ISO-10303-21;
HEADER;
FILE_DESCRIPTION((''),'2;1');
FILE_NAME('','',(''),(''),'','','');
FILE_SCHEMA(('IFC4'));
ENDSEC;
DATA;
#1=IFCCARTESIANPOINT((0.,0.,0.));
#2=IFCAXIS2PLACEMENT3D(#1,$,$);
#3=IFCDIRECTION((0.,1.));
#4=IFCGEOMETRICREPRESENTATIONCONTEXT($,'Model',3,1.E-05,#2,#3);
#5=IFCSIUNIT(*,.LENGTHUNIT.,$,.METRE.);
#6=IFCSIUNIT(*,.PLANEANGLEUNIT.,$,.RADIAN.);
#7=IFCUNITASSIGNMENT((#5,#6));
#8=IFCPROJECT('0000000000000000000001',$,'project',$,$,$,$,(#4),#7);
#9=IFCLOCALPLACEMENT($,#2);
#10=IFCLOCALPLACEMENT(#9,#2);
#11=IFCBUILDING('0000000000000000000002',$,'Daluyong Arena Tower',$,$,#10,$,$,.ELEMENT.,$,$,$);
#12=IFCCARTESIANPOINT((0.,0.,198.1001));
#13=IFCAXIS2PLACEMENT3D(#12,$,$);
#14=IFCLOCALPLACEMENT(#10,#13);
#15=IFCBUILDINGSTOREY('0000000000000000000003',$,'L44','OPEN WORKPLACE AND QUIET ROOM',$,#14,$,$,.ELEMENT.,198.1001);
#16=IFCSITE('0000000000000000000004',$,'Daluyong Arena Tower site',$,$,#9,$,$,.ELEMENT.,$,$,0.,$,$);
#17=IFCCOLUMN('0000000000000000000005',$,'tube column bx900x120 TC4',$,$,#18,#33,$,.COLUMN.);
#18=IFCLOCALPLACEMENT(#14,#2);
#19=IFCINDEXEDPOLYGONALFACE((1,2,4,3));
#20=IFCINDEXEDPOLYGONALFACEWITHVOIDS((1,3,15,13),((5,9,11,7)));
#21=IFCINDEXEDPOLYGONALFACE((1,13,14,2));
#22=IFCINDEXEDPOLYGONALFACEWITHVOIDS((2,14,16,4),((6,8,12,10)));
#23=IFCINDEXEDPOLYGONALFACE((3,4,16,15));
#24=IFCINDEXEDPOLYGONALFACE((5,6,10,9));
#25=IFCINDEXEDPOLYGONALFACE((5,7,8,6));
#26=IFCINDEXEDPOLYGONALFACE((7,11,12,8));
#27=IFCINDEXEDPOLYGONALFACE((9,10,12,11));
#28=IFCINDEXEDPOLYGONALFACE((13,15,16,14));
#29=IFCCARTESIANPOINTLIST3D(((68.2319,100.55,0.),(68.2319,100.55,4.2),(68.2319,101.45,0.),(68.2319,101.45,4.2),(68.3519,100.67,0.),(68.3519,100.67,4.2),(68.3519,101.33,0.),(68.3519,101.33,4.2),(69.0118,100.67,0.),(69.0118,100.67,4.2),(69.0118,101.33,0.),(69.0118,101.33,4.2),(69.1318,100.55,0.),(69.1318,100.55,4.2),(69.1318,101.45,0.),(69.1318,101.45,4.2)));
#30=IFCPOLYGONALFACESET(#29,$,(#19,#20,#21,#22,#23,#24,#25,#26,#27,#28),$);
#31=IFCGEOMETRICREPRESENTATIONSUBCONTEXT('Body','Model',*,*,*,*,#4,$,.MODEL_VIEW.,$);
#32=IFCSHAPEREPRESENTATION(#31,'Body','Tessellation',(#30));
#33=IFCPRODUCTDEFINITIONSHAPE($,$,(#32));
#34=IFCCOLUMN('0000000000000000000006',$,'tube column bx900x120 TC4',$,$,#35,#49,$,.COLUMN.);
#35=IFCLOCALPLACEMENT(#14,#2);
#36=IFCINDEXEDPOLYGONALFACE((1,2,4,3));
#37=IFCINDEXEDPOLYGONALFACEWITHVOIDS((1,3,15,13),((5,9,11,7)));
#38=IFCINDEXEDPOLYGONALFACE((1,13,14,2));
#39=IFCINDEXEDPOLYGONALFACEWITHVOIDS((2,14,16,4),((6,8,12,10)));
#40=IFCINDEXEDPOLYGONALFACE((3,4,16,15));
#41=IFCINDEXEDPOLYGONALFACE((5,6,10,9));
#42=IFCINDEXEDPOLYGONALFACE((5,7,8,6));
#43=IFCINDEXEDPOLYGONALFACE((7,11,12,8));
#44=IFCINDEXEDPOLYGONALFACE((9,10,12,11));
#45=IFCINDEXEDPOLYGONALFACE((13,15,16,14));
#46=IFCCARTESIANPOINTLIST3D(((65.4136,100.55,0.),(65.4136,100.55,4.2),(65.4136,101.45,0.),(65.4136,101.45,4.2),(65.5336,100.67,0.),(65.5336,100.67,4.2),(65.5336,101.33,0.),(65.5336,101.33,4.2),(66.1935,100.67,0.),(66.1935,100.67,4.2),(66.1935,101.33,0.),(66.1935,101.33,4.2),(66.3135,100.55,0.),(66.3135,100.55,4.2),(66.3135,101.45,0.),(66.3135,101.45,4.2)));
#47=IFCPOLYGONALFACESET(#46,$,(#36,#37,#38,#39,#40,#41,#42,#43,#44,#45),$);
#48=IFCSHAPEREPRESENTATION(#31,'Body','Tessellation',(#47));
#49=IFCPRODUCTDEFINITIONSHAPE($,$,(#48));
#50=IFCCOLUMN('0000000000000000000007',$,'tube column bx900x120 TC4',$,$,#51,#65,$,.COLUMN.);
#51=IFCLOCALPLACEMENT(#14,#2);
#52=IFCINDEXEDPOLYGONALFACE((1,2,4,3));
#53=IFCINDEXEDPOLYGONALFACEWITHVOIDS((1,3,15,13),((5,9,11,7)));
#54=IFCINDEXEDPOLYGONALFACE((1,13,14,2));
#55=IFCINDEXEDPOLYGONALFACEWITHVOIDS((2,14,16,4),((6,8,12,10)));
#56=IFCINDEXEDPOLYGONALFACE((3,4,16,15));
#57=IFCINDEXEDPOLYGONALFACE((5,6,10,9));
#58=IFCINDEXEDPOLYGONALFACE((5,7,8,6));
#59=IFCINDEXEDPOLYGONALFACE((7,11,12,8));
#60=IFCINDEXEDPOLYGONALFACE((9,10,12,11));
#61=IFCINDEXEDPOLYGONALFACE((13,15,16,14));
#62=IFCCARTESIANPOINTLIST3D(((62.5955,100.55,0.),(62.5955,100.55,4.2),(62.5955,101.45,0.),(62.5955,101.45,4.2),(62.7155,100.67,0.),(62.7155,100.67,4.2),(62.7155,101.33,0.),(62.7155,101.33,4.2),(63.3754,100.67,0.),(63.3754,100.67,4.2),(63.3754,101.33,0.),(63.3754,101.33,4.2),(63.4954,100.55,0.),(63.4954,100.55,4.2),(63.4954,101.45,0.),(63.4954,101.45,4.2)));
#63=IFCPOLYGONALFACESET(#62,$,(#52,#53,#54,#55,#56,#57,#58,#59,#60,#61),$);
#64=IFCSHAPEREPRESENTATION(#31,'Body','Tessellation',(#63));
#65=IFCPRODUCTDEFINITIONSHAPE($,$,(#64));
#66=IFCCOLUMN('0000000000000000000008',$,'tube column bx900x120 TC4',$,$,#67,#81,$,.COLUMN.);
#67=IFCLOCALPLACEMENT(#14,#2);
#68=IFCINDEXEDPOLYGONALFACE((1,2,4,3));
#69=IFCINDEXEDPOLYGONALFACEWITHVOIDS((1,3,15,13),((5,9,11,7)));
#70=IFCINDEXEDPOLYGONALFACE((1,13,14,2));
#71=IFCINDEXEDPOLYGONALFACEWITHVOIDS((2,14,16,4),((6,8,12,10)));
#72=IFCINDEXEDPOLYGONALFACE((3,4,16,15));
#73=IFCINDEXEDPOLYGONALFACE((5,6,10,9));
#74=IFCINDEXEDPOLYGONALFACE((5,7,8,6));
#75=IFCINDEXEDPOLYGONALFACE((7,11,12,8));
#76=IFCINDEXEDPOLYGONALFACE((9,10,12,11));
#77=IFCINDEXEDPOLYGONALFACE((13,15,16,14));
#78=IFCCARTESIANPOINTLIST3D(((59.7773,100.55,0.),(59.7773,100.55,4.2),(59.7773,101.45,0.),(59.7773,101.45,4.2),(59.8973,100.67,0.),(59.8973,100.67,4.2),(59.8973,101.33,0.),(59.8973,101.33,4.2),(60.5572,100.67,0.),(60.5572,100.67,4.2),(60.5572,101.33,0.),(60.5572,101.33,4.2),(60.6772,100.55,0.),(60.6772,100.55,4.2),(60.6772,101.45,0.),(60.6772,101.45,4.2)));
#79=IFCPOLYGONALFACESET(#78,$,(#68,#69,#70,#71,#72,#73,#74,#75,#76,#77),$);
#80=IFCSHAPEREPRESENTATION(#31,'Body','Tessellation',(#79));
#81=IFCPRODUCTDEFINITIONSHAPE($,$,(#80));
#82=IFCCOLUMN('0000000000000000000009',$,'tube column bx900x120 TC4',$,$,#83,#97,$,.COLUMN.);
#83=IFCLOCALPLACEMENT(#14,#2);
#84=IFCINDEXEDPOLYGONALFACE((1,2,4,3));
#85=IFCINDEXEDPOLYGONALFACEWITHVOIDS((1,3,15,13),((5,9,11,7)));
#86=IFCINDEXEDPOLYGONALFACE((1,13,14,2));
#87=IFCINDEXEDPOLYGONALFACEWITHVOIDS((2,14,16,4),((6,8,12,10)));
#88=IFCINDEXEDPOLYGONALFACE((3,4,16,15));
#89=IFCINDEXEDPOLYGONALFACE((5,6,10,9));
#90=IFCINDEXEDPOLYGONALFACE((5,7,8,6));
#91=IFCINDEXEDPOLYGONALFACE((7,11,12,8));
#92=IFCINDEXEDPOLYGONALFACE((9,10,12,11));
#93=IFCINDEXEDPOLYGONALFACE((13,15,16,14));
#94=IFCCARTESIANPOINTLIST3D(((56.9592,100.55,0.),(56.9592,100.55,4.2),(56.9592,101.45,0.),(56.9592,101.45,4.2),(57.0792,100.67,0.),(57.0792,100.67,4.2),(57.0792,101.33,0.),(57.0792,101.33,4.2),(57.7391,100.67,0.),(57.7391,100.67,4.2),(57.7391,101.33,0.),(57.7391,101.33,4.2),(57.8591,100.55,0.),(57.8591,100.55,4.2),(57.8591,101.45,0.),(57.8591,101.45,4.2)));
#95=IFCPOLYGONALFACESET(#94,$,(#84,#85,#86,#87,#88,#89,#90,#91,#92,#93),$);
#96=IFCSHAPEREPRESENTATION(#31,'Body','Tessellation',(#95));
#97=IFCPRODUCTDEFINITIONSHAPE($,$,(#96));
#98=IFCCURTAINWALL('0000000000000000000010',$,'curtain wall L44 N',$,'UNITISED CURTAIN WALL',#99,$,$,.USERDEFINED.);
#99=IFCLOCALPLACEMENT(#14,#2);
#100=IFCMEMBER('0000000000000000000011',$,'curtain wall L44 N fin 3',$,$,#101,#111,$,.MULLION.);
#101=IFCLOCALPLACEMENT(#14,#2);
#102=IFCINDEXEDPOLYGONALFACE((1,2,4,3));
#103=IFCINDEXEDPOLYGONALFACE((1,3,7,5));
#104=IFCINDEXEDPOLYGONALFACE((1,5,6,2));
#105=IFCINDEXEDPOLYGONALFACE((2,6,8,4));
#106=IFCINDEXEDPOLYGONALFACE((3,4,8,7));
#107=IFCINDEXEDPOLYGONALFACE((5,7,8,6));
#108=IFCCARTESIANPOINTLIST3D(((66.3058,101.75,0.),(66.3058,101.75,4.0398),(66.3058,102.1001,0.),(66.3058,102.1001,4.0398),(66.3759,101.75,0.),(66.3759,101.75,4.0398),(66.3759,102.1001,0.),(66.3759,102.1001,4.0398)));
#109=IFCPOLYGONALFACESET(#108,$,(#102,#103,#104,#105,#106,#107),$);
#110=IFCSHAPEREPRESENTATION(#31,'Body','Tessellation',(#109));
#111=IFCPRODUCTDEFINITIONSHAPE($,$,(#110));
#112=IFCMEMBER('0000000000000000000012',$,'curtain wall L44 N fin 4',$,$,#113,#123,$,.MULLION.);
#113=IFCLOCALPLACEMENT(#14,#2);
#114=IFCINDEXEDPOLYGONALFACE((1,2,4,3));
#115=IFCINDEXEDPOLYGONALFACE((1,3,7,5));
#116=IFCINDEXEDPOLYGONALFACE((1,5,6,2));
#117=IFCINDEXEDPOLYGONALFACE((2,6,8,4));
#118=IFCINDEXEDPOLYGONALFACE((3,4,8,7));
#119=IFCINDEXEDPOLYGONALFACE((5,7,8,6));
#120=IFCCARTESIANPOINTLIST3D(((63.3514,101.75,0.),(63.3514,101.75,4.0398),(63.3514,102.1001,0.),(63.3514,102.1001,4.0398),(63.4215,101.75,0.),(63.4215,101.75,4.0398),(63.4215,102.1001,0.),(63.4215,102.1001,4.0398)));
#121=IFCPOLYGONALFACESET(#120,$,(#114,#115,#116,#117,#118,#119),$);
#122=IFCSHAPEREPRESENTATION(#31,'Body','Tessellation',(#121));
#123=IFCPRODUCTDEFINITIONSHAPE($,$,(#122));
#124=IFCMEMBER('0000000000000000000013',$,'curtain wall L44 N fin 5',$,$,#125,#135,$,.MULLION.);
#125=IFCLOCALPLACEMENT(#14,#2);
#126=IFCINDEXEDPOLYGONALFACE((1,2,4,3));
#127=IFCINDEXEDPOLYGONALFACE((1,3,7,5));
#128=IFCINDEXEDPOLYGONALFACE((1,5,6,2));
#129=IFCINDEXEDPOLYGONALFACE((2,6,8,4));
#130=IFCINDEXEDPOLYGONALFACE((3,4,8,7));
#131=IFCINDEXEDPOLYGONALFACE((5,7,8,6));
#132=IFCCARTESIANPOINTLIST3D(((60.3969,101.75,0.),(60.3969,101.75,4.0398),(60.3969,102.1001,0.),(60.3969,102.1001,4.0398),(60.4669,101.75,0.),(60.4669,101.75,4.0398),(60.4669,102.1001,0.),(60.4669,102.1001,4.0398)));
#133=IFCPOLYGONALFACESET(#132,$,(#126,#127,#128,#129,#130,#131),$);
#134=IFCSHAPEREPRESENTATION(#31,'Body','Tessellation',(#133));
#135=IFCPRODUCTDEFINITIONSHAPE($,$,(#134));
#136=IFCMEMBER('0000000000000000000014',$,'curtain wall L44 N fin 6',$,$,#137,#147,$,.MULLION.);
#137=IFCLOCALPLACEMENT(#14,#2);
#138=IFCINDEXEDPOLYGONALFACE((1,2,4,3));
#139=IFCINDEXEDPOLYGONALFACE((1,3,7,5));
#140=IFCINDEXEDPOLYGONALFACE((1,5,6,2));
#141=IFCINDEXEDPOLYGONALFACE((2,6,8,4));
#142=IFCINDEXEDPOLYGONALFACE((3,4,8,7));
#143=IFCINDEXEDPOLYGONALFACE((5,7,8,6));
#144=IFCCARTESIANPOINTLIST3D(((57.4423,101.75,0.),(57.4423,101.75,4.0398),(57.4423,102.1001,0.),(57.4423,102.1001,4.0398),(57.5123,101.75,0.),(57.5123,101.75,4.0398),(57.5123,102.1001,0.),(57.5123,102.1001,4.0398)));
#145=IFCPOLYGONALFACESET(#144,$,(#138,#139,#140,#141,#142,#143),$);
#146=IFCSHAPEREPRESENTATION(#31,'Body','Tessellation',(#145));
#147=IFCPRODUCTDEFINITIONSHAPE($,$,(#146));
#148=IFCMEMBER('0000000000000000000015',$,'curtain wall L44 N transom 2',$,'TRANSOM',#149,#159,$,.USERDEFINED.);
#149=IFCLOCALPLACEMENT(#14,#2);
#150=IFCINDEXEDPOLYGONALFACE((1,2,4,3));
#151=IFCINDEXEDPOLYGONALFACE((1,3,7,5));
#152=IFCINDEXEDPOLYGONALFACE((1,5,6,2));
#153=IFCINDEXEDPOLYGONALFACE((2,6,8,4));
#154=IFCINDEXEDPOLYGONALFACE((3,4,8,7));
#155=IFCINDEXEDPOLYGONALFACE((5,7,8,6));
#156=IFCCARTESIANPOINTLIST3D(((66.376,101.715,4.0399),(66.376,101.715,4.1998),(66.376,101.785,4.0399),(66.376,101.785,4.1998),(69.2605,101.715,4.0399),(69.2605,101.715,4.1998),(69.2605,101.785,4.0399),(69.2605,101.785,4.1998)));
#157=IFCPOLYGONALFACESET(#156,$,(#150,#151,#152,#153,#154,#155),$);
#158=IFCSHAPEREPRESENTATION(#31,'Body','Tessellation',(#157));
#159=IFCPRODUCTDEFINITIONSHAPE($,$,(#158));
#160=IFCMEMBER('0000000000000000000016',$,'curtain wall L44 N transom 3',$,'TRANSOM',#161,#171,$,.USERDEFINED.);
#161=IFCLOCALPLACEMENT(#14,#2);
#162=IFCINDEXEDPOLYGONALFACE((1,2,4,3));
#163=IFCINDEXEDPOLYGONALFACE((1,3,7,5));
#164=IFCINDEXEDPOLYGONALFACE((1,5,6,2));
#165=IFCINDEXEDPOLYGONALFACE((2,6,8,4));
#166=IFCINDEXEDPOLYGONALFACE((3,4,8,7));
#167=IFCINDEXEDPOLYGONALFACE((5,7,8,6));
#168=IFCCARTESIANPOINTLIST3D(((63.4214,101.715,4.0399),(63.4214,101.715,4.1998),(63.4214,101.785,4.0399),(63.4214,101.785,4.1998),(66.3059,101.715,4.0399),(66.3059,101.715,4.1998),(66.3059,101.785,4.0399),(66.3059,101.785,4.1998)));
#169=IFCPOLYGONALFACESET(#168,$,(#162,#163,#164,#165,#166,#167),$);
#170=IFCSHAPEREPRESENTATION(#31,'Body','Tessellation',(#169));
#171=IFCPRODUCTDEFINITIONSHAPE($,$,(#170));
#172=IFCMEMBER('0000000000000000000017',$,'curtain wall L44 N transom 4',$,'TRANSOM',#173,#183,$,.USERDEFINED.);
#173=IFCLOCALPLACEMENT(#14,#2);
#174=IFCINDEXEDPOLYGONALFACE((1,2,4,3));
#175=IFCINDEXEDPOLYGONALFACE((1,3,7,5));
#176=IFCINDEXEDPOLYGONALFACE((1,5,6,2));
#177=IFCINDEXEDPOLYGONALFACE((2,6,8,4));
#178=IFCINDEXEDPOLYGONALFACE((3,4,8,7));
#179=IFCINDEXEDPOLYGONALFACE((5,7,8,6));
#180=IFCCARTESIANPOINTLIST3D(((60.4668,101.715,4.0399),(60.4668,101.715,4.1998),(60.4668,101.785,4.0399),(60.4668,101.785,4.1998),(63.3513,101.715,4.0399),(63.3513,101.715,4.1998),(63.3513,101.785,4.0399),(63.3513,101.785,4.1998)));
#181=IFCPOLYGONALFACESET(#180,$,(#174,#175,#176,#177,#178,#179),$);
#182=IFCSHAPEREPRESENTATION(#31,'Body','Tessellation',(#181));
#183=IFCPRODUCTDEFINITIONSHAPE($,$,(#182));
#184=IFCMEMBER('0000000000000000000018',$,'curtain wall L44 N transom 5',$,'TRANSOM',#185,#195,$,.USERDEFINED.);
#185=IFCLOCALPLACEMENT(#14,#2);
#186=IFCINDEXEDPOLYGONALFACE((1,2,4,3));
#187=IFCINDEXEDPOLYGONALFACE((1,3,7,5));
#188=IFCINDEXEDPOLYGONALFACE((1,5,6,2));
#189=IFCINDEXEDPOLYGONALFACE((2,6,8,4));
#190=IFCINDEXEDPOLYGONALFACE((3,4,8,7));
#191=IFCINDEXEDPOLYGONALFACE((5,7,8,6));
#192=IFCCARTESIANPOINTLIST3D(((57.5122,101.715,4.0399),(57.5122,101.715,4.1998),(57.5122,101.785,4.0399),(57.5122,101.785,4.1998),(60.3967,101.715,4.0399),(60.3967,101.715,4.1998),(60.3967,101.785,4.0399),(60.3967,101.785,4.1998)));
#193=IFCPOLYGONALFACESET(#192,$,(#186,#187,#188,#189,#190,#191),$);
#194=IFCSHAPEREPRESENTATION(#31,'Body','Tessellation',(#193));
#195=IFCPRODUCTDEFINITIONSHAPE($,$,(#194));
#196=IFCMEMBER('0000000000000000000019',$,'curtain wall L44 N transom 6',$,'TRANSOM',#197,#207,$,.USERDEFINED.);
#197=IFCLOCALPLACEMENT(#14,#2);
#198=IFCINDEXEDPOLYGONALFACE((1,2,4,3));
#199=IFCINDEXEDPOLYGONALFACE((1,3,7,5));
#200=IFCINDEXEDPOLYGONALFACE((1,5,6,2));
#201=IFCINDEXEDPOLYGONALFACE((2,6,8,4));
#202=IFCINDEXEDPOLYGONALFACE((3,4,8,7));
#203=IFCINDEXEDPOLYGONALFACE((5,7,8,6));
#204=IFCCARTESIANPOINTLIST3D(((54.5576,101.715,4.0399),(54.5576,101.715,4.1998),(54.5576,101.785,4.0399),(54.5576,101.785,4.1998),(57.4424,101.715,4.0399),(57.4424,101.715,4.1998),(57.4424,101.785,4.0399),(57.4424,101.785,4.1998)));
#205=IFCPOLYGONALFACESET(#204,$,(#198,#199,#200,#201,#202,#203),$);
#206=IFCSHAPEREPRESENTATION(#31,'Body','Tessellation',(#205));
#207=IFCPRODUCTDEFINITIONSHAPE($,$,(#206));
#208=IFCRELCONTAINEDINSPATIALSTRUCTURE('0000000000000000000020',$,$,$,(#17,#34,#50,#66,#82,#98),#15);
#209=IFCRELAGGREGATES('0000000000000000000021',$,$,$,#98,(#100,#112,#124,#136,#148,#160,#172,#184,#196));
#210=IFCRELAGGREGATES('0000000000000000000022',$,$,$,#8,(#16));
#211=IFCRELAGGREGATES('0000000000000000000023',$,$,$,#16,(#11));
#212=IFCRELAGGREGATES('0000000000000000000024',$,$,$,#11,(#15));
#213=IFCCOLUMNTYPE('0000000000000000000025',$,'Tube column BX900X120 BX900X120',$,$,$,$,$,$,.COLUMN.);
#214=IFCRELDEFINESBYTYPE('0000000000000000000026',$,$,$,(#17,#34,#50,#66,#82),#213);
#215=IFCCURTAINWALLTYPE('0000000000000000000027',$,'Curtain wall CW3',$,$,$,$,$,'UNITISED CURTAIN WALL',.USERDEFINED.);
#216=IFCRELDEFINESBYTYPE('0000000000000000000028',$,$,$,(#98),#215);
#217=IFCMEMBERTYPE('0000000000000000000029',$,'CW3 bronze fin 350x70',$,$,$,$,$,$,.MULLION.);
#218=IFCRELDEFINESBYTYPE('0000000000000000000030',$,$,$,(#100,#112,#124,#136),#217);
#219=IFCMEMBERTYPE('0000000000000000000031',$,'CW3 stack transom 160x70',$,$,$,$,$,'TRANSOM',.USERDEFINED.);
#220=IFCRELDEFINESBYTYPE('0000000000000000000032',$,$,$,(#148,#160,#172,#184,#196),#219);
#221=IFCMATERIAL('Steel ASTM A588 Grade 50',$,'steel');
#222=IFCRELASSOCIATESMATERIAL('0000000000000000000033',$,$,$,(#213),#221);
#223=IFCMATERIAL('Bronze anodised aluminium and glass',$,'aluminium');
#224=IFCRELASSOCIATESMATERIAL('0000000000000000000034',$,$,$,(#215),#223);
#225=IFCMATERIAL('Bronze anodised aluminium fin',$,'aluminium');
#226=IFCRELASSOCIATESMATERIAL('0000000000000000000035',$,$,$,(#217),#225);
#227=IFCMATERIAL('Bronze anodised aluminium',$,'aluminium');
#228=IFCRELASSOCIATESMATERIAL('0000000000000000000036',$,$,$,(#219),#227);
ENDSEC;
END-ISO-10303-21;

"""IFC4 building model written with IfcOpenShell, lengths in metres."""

from ifc_helpers import new_model, si_unit, direction, frame, origin, origin_2d, place, context, subcontext, project, spatial, rectangle, hollow_rectangle, extrude, material, material_profile, profile_set, type_object, element, aggregate, save


model = new_model("IFC4")

# Units and contexts
model_context = context("Model", 3, precision=1e-05, world=origin(), true_north=direction((0.0, 1.0)))
body_context = subcontext(model_context, "Body", "Model", "MODEL_VIEW")
ifc_project = project(units=[si_unit("LENGTHUNIT", "METRE"), si_unit("PLANEANGLEUNIT", "RADIAN")], contexts=[model_context])

# Site, building, storey
site_placement = place(None, origin())
site = spatial("IfcSite", under=ifc_project, at=site_placement, Name="Daluyong Arena Tower site", CompositionType="ELEMENT", RefElevation=0.0)
building_placement = place(site_placement, origin())
building = spatial("IfcBuilding", under=site, at=building_placement, Name="Daluyong Arena Tower", CompositionType="ELEMENT")
storey_placement = place(building_placement, frame((0.0, 0.0, 198.1001)))
storey = spatial("IfcBuildingStorey", under=building, at=storey_placement, Name="L44", Description="OPEN WORKPLACE AND QUIET ROOM", CompositionType="ELEMENT", Elevation=198.1001)

# Columns
ifc_material_1 = material(Name="Steel ASTM A588 Grade 50", Category="steel")
ifc_material_profile_1 = material_profile(ifc_material_1, hollow_rectangle(XDim=0.8999, YDim=0.8999, WallThickness=0.12, at=origin_2d()))
ifc_profile_set_1 = profile_set([ifc_material_profile_1], Name="Steel ASTM A588 Grade 50")
column_type = type_object("IfcColumnType", Name="Tube column BX900X120 BX900X120", PredefinedType="COLUMN", material=ifc_profile_set_1)
for number, where, z_axis, x_axis, name in (
    (1, (68.6819, 101.0, 0.0), (0.0, 0.0, 1.0), (1.0, 0.0, 0.0), "tube column bx900x120 TC4"),
    (2, (65.8635, 101.0, 0.0), (0.0, 0.0, 1.0), (1.0, 0.0, 0.0), "tube column bx900x120 TC4"),
    (3, (63.0454, 101.0, 0.0), (0.0, 0.0, 1.0), (1.0, 0.0, 0.0), "tube column bx900x120 TC4"),
    (4, (60.2273, 101.0, 0.0), (0.0, 0.0, 1.0), (1.0, 0.0, 0.0), "tube column bx900x120 TC4"),
    (5, (57.4092, 101.0, 0.0), (0.0, 0.0, 1.0), (1.0, 0.0, 0.0), "tube column bx900x120 TC4"),
):
    element("IfcColumn", number, at=place(storey_placement, frame(where, z_axis=z_axis, x_axis=x_axis)), inside=storey, type_object=column_type, Name=name, PredefinedType="COLUMN", context=body_context, shape_type="SweptSolid", body=[
        extrude(hollow_rectangle(XDim=0.8999, YDim=0.8999, WallThickness=0.12, at=origin_2d()), origin(), (0.0, 0.0, 1.0), 4.2),
    ])

# Curtain wall, members
ifc_material_2 = material(Name="Bronze anodised aluminium and glass", Category="aluminium")
curtain_wall_type = type_object("IfcCurtainWallType", Name="Curtain wall CW3", ElementType="UNITISED CURTAIN WALL", PredefinedType="USERDEFINED", material=ifc_material_2)
curtain_wall_placement = place(storey_placement, origin())
curtain_wall = element("IfcCurtainWall", 6, at=curtain_wall_placement, inside=storey, type_object=curtain_wall_type, Name="curtain wall L44 N", ObjectType="UNITISED CURTAIN WALL", PredefinedType="USERDEFINED")
ifc_material_3 = material(Name="Bronze anodised aluminium fin", Category="aluminium")
ifc_material_profile_2 = material_profile(ifc_material_3, rectangle(XDim=0.3501, YDim=0.0701, at=origin_2d()))
ifc_profile_set_2 = profile_set([ifc_material_profile_2], Name="Bronze anodised aluminium fin")
member_type_1 = type_object("IfcMemberType", Name="CW3 bronze fin 350x70", PredefinedType="MULLION", material=ifc_profile_set_2)
member_1_placement = place(storey_placement, frame((66.3408, 101.925, 0.0), z_axis=(0.0, 0.0, 1.0), x_axis=(0.0, -1.0, 0.0)))
member_1 = element("IfcMember", 7, at=member_1_placement, type_object=member_type_1, Name="curtain wall L44 N fin 3", PredefinedType="MULLION", context=body_context, shape_type="SweptSolid", body=[
    extrude(rectangle(XDim=0.3501, YDim=0.0701, at=origin_2d()), origin(), (0.0, 0.0, 1.0), 4.0398),
])
member_2_placement = place(storey_placement, frame((63.3865, 101.925, 0.0), z_axis=(0.0, 0.0, 1.0), x_axis=(0.0, -1.0, 0.0)))
member_2 = element("IfcMember", 8, at=member_2_placement, type_object=member_type_1, Name="curtain wall L44 N fin 4", PredefinedType="MULLION", context=body_context, shape_type="SweptSolid", body=[
    extrude(rectangle(XDim=0.3501, YDim=0.0701, at=origin_2d()), origin(), (0.0, 0.0, 1.0), 4.0398),
])
member_3_placement = place(storey_placement, frame((60.4319, 101.925, 0.0), z_axis=(0.0, 0.0, 1.0), x_axis=(0.0, -1.0, 0.0)))
member_3 = element("IfcMember", 9, at=member_3_placement, type_object=member_type_1, Name="curtain wall L44 N fin 5", PredefinedType="MULLION", context=body_context, shape_type="SweptSolid", body=[
    extrude(rectangle(XDim=0.3501, YDim=0.0701, at=origin_2d()), origin(), (0.0, 0.0, 1.0), 4.0398),
])
member_4_placement = place(storey_placement, frame((57.4773, 101.925, 0.0), z_axis=(0.0, 0.0, 1.0), x_axis=(0.0, -1.0, 0.0)))
member_4 = element("IfcMember", 10, at=member_4_placement, type_object=member_type_1, Name="curtain wall L44 N fin 6", PredefinedType="MULLION", context=body_context, shape_type="SweptSolid", body=[
    extrude(rectangle(XDim=0.3501, YDim=0.0701, at=origin_2d()), origin(), (0.0, 0.0, 1.0), 4.0398),
])
ifc_material_4 = material(Name="Bronze anodised aluminium", Category="aluminium")
ifc_material_profile_3 = material_profile(ifc_material_4, rectangle(XDim=0.0701, YDim=0.1599, at=origin_2d()))
ifc_profile_set_3 = profile_set([ifc_material_profile_3], Name="Bronze anodised aluminium")
member_type_2 = type_object("IfcMemberType", Name="CW3 stack transom 160x70", ElementType="TRANSOM", PredefinedType="USERDEFINED", material=ifc_profile_set_3)
member_5_placement = place(storey_placement, frame((69.2605, 101.75, 4.1199), z_axis=(-1.0, 0.0, 0.0), x_axis=(0.0, -1.0, 0.0)))
member_5 = element("IfcMember", 11, at=member_5_placement, type_object=member_type_2, Name="curtain wall L44 N transom 2", ObjectType="TRANSOM", PredefinedType="USERDEFINED", context=body_context, shape_type="SweptSolid", body=[
    extrude(rectangle(XDim=0.0701, YDim=0.1599, at=origin_2d()), origin(), (0.0, 0.0, 1.0), 2.8845),
])
member_6_placement = place(storey_placement, frame((66.3059, 101.75, 4.1199), z_axis=(-1.0, 0.0, 0.0), x_axis=(0.0, -1.0, 0.0)))
member_6 = element("IfcMember", 12, at=member_6_placement, type_object=member_type_2, Name="curtain wall L44 N transom 3", ObjectType="TRANSOM", PredefinedType="USERDEFINED", context=body_context, shape_type="SweptSolid", body=[
    extrude(rectangle(XDim=0.0701, YDim=0.1599, at=origin_2d()), origin(), (0.0, 0.0, 1.0), 2.8845),
])
member_7_placement = place(storey_placement, frame((63.3513, 101.75, 4.1199), z_axis=(-1.0, 0.0, 0.0), x_axis=(0.0, -1.0, 0.0)))
member_7 = element("IfcMember", 13, at=member_7_placement, type_object=member_type_2, Name="curtain wall L44 N transom 4", ObjectType="TRANSOM", PredefinedType="USERDEFINED", context=body_context, shape_type="SweptSolid", body=[
    extrude(rectangle(XDim=0.0701, YDim=0.1599, at=origin_2d()), origin(), (0.0, 0.0, 1.0), 2.8845),
])
member_8_placement = place(storey_placement, frame((60.3967, 101.75, 4.1199), z_axis=(-1.0, 0.0, 0.0), x_axis=(0.0, -1.0, 0.0)))
member_8 = element("IfcMember", 14, at=member_8_placement, type_object=member_type_2, Name="curtain wall L44 N transom 5", ObjectType="TRANSOM", PredefinedType="USERDEFINED", context=body_context, shape_type="SweptSolid", body=[
    extrude(rectangle(XDim=0.0701, YDim=0.1599, at=origin_2d()), origin(), (0.0, 0.0, 1.0), 2.8845),
])
member_9_placement = place(storey_placement, frame((57.4424, 101.75, 4.1199), z_axis=(-1.0, 0.0, 0.0), x_axis=(0.0, -1.0, 0.0)))
member_9 = element("IfcMember", 15, at=member_9_placement, type_object=member_type_2, Name="curtain wall L44 N transom 6", ObjectType="TRANSOM", PredefinedType="USERDEFINED", context=body_context, shape_type="SweptSolid", body=[
    extrude(rectangle(XDim=0.0701, YDim=0.1599, at=origin_2d()), origin(), (0.0, 0.0, 1.0), 2.8848),
])

aggregate(curtain_wall, [member_1, member_2, member_3, member_4, member_5, member_6, member_7, member_8, member_9])

save(model, "model.ifc")
